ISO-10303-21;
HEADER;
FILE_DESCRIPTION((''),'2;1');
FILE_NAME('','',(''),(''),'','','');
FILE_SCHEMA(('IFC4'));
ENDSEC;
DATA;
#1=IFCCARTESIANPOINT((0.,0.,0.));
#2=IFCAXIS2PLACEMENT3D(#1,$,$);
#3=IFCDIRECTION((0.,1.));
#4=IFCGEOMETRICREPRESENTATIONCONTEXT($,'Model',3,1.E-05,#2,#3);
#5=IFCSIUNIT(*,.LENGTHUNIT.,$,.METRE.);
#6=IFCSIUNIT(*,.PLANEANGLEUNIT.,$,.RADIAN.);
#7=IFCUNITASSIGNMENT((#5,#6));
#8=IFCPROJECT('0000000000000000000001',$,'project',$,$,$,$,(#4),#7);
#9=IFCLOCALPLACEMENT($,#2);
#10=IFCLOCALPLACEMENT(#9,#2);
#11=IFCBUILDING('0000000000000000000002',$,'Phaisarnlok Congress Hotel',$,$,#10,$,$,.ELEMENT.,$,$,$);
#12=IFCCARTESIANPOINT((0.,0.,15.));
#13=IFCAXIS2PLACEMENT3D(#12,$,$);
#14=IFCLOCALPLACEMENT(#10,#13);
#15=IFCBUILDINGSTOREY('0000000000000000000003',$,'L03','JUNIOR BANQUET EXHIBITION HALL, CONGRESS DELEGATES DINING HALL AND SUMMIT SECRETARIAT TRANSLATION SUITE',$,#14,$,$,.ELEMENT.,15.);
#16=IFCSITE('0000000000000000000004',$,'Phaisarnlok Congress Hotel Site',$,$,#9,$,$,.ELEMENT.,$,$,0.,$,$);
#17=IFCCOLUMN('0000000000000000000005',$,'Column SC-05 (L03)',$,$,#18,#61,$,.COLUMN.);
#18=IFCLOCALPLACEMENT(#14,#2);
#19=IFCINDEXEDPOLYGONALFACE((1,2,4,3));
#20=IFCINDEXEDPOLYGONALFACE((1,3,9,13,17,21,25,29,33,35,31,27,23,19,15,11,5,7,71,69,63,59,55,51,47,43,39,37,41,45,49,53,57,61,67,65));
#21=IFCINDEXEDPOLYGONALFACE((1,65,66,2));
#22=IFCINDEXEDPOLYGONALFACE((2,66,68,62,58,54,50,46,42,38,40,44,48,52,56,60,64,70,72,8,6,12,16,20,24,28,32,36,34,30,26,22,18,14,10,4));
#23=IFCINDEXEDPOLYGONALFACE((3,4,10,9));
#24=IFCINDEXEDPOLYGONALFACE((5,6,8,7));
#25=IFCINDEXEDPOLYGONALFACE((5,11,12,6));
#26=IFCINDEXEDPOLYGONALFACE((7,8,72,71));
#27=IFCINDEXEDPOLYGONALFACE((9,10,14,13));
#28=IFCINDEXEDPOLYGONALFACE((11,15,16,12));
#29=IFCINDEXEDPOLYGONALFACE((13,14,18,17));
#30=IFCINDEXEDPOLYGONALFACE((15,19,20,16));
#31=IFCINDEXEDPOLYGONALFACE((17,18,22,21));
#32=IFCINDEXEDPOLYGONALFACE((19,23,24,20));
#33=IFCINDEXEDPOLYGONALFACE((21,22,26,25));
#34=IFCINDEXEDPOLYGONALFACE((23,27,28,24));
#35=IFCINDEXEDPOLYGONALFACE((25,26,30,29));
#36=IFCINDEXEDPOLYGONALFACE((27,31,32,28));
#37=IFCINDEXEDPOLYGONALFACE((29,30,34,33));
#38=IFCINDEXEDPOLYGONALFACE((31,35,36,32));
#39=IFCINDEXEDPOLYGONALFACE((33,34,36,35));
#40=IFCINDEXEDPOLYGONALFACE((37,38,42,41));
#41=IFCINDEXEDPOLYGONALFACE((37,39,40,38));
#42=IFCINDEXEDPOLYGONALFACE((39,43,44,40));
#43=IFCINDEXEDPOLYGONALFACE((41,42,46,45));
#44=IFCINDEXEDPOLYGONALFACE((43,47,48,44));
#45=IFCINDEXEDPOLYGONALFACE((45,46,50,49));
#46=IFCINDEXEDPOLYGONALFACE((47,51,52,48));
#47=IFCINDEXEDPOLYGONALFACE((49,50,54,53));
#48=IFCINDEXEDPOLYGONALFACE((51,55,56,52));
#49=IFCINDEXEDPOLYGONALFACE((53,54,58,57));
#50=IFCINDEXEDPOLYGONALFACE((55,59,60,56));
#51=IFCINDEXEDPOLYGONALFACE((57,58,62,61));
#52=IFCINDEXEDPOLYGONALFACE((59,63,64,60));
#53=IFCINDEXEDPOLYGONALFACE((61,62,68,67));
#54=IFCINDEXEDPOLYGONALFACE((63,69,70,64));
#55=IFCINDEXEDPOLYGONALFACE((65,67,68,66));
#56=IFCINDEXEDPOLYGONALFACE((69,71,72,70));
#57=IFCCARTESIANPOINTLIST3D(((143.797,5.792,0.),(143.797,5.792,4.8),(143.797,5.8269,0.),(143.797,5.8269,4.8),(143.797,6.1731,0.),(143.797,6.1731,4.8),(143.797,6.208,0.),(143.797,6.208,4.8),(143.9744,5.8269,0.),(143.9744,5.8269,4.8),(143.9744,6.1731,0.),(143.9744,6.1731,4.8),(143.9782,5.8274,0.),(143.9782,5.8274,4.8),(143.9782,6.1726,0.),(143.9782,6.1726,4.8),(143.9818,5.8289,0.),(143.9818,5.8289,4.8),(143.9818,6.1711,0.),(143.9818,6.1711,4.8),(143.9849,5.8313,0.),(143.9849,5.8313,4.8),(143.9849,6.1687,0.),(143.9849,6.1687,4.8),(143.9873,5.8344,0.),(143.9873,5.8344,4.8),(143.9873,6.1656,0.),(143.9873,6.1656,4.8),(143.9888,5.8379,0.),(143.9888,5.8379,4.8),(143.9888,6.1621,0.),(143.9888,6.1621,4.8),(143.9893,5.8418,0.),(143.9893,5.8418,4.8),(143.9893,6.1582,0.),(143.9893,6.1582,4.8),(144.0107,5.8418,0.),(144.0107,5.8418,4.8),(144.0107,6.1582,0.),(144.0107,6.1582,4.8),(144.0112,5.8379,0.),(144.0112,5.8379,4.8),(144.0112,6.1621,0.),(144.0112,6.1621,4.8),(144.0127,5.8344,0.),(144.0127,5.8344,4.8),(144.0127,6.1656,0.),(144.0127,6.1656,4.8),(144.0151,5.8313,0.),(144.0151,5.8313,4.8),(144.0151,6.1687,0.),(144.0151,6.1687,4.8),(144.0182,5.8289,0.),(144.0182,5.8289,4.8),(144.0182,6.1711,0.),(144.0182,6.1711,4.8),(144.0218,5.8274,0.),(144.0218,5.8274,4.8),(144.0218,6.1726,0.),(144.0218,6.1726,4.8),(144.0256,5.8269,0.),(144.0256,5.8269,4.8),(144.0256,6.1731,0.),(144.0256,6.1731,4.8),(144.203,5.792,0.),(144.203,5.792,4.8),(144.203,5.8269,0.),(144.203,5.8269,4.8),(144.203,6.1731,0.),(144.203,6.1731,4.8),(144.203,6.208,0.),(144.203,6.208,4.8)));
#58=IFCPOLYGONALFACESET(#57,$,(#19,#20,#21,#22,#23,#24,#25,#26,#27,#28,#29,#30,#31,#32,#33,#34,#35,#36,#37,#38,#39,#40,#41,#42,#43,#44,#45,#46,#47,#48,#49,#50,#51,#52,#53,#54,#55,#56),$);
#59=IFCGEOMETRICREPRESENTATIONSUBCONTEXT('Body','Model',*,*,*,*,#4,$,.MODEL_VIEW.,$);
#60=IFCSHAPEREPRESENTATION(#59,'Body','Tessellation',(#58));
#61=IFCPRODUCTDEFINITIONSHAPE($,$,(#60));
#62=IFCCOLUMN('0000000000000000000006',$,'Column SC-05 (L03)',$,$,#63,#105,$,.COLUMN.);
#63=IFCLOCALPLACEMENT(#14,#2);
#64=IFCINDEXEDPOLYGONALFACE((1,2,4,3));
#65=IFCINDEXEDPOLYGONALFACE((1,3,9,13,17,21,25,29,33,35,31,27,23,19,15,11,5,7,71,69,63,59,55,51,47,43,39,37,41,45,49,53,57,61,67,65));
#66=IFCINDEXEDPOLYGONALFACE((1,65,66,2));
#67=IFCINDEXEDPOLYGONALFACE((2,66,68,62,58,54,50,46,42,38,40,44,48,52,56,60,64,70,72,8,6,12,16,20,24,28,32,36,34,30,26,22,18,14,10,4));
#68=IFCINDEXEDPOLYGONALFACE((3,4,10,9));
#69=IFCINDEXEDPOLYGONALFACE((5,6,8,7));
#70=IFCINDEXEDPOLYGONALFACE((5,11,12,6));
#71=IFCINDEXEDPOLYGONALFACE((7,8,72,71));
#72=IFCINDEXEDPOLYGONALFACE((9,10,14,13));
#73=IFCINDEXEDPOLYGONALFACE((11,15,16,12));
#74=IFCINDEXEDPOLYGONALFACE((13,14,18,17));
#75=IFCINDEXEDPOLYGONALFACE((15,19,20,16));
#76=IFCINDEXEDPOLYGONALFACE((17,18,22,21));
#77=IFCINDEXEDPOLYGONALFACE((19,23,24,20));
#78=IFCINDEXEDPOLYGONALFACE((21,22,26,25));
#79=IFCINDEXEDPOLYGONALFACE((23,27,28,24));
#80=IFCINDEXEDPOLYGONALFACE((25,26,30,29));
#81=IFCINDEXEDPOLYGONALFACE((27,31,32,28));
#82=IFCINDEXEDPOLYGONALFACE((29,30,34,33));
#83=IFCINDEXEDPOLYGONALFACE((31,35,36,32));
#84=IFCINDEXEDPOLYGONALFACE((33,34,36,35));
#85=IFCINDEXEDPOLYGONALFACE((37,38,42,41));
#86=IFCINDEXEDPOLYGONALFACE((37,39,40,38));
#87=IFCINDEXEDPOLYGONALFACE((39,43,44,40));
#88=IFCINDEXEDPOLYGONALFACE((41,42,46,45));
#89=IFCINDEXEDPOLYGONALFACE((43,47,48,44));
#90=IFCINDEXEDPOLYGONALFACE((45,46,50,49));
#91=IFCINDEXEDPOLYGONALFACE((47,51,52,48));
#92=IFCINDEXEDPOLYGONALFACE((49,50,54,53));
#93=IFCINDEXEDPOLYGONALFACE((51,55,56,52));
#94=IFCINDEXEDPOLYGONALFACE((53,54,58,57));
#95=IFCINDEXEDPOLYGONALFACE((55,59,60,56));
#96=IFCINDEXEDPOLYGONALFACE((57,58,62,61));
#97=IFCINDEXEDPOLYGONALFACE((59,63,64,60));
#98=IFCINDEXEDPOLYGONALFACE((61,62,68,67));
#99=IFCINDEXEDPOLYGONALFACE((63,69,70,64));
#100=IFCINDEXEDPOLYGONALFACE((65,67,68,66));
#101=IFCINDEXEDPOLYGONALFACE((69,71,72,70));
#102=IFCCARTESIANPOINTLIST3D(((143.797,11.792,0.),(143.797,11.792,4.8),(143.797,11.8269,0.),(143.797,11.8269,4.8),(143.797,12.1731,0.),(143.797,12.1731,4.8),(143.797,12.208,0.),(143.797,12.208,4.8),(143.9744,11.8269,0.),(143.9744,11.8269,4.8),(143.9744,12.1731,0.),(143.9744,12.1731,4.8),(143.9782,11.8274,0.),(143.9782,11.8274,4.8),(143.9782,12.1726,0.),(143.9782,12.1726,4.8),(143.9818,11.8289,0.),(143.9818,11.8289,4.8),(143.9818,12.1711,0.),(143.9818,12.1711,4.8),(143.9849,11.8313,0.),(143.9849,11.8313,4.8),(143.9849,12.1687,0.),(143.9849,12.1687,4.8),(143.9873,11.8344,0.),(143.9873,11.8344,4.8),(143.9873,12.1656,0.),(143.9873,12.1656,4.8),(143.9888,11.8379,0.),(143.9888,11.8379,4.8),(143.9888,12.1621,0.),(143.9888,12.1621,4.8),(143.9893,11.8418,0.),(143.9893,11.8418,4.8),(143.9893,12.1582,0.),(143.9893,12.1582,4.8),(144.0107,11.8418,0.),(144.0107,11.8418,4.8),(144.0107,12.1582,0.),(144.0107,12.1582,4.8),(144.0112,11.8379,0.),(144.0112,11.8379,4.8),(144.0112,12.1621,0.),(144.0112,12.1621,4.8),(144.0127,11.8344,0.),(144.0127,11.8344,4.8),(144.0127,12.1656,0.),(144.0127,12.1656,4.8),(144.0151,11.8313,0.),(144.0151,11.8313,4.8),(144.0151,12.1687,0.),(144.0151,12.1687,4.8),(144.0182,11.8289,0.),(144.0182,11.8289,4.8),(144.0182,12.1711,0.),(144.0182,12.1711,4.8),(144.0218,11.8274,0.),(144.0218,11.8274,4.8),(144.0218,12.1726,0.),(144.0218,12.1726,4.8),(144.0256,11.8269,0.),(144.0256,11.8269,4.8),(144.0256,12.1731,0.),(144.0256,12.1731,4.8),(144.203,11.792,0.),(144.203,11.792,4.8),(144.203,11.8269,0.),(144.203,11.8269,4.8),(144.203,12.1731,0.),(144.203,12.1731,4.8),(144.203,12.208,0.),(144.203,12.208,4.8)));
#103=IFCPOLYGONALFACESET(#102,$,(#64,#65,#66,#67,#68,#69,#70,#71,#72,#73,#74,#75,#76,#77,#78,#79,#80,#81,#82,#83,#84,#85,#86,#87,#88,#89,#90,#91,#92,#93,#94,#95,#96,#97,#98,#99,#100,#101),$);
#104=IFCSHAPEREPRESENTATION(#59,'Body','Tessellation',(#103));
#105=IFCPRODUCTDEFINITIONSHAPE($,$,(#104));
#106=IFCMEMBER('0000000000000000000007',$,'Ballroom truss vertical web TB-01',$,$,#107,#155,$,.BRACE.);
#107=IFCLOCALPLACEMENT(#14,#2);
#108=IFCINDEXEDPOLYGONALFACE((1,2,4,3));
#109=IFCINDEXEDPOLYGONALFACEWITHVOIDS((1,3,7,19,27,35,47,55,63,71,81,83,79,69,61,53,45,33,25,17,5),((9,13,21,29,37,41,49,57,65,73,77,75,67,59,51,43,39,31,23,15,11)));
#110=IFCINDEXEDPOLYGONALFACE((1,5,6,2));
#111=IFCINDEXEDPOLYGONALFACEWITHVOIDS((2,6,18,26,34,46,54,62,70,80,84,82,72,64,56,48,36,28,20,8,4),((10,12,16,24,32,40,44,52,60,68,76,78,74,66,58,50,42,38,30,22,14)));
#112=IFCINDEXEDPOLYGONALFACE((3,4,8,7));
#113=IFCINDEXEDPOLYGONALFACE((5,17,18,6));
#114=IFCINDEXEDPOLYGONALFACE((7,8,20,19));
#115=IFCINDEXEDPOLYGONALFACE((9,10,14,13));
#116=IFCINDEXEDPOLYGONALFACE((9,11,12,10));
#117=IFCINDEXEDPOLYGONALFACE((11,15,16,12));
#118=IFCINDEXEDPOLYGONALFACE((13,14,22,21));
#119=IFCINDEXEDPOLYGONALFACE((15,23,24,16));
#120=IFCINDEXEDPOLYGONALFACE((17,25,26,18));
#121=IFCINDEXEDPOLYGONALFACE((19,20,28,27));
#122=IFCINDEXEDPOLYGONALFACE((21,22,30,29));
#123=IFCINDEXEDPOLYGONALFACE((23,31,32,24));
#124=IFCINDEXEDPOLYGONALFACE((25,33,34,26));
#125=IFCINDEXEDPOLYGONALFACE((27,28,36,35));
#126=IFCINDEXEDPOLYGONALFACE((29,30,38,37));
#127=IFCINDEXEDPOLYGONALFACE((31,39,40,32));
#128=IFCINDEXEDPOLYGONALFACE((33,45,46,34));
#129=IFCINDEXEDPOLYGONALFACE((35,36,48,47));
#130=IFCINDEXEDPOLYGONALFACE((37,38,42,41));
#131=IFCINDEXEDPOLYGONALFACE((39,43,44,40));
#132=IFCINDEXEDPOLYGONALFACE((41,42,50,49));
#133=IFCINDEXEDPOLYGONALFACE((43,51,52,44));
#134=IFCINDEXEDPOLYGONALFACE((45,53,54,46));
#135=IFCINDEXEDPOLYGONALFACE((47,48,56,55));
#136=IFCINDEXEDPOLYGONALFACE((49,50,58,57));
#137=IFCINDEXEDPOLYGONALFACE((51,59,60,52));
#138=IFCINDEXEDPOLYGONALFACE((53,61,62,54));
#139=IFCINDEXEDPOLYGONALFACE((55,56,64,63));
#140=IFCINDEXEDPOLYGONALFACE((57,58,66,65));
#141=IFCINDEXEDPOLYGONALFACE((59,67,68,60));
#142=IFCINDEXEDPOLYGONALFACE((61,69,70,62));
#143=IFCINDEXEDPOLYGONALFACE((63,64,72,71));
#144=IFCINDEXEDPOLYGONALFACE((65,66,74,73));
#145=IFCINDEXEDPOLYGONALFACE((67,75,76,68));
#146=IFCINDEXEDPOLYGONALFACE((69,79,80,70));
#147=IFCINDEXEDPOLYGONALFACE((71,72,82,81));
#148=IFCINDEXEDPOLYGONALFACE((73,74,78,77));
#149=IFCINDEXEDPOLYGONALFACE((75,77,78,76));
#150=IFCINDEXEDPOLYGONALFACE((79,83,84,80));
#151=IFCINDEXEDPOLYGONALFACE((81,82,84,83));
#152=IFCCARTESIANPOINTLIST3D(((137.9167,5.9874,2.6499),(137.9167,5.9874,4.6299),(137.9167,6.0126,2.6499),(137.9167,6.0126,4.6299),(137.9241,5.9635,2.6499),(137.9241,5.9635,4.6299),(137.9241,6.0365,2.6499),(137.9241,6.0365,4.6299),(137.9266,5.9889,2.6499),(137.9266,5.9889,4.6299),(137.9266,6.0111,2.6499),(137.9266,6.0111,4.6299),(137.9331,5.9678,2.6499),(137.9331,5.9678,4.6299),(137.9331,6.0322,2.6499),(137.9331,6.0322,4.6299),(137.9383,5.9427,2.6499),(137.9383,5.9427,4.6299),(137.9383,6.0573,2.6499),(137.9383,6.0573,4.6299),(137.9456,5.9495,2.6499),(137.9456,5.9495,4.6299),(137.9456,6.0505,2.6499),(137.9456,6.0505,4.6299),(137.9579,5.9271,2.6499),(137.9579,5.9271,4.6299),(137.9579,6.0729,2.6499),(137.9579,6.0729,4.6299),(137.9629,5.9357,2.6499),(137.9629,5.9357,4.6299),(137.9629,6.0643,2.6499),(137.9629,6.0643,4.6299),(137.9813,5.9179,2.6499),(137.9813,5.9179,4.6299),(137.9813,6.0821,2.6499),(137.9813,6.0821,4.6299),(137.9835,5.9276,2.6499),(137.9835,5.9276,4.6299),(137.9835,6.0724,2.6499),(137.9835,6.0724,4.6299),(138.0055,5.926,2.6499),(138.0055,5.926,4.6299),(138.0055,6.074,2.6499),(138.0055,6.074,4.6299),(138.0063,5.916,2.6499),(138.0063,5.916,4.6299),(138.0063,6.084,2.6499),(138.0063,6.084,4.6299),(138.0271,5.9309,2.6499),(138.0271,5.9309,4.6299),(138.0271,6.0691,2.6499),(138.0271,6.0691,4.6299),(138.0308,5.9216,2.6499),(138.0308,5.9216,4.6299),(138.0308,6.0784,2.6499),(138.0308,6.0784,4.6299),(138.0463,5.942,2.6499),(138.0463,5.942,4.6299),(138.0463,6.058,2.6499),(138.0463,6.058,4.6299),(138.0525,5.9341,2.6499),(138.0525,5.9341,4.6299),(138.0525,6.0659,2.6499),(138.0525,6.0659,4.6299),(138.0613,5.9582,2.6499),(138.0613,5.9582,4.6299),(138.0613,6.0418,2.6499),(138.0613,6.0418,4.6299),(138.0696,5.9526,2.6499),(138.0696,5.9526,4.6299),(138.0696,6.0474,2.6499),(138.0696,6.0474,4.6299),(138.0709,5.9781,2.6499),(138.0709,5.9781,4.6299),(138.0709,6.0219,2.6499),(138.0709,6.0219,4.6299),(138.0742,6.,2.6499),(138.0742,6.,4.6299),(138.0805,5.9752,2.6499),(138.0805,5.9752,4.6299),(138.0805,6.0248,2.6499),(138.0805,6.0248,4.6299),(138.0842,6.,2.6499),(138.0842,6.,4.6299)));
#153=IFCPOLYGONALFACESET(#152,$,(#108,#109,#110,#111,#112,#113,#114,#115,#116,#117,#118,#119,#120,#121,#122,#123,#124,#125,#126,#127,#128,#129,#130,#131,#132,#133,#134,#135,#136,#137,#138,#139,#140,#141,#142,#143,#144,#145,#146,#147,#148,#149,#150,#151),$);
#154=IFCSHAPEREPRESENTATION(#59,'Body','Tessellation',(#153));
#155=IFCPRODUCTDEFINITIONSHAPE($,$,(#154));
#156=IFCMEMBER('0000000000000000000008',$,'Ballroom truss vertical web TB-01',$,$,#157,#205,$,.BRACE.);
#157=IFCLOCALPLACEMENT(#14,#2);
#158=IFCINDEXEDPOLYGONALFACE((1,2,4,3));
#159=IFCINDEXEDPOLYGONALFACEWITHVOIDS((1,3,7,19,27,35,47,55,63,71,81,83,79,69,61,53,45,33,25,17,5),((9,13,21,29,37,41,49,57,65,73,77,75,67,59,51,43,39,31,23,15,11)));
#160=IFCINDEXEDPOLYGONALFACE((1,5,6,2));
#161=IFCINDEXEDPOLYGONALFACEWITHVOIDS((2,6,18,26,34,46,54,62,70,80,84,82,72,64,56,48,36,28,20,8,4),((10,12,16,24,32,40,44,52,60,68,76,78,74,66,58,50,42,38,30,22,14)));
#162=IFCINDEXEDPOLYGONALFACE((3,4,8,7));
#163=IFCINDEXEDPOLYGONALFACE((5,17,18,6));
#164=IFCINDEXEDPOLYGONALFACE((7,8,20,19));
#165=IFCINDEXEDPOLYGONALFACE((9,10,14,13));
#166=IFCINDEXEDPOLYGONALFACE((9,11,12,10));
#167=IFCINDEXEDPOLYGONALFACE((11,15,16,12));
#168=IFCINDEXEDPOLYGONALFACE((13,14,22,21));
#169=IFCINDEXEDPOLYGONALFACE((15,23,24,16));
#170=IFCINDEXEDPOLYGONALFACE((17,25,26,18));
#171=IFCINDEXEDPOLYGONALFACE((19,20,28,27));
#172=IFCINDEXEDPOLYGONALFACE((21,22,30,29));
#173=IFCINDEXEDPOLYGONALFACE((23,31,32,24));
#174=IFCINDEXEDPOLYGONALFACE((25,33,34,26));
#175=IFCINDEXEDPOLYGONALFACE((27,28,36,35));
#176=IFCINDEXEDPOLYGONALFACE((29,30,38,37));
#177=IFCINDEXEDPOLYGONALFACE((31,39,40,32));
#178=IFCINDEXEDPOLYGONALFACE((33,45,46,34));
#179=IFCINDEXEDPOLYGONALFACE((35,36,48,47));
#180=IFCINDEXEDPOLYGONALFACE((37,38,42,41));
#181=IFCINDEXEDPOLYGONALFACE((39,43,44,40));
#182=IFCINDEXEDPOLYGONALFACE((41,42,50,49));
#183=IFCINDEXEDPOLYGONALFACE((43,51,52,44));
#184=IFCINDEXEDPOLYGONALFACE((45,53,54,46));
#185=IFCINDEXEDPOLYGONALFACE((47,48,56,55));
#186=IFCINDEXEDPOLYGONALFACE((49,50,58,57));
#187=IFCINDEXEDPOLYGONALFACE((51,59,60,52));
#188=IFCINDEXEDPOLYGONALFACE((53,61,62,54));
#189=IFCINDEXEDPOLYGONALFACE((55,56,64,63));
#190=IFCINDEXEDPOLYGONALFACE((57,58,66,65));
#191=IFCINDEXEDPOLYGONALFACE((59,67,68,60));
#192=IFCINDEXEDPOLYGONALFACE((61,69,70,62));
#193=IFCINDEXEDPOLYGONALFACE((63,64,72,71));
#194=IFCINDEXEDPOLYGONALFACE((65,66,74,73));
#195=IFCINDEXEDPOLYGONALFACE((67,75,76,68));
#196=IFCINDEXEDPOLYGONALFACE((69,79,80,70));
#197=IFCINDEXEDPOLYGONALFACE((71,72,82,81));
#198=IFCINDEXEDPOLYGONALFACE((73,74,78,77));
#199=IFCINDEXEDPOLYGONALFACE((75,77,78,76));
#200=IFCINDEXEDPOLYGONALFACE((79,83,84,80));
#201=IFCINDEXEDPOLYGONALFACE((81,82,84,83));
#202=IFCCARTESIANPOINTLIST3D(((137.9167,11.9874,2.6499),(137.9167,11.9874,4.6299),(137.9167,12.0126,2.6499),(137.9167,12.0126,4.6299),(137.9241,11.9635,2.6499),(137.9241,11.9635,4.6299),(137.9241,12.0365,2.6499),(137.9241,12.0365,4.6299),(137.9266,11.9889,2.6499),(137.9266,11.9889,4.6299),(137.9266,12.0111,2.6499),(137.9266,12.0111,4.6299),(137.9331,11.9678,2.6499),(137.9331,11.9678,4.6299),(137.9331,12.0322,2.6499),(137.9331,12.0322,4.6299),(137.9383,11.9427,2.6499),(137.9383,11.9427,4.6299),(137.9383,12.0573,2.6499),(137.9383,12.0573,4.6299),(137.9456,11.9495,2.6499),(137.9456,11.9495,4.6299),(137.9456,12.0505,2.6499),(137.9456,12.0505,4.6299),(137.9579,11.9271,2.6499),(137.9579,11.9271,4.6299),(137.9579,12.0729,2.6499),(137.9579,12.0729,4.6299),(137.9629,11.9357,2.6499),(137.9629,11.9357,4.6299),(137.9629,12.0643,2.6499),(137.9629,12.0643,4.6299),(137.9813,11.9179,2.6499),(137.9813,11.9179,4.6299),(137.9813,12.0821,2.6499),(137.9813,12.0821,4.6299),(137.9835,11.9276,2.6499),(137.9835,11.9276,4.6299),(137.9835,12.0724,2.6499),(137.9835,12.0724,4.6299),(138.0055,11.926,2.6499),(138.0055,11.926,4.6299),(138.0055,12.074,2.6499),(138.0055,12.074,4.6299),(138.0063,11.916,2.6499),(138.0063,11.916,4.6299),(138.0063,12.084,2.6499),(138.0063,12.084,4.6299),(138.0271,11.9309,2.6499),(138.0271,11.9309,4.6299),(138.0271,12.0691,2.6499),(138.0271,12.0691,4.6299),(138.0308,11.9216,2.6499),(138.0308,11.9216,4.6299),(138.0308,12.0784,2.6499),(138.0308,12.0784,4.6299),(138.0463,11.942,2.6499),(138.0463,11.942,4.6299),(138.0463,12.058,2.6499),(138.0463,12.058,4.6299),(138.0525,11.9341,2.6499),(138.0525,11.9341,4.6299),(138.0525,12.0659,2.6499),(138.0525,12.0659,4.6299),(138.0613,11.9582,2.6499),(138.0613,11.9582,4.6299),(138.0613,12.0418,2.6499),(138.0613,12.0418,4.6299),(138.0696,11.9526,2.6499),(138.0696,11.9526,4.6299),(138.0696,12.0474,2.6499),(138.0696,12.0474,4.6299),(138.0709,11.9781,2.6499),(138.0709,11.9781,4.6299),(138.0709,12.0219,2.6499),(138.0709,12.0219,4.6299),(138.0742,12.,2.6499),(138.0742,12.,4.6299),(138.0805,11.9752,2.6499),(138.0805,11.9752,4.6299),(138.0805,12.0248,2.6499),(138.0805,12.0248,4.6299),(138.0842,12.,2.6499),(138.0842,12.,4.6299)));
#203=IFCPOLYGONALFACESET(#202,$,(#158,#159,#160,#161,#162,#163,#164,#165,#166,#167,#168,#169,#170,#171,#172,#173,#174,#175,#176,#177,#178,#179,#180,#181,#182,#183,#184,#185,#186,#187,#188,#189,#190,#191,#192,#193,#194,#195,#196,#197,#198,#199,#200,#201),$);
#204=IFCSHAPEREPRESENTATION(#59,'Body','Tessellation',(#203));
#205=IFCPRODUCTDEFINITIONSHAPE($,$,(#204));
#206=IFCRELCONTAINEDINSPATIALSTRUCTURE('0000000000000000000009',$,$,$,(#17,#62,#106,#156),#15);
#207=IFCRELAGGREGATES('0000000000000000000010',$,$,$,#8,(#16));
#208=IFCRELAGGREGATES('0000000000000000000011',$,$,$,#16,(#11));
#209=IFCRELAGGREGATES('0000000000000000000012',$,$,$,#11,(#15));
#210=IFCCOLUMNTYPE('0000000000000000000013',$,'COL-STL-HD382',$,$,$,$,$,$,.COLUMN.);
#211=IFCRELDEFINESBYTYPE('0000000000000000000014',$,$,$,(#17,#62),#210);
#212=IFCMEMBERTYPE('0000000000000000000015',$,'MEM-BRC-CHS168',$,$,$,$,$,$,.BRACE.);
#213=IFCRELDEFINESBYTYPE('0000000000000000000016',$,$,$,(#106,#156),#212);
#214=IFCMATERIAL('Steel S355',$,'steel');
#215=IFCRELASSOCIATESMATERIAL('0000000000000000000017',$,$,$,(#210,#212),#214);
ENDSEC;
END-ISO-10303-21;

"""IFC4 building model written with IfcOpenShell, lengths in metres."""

from ifc_helpers import new_model, si_unit, direction, frame, origin, origin_2d, place, context, subcontext, project, spatial, hollow_circle, i_section, extrude, material, material_profile, profile_set, type_object, element, save


model = new_model("IFC4")

# Units and contexts
model_context = context("Model", 3, precision=1e-05, world=origin(), true_north=direction((0.0, 1.0)))
body_context = subcontext(model_context, "Body", "Model", "MODEL_VIEW")
ifc_project = project(units=[si_unit("LENGTHUNIT", "METRE"), si_unit("PLANEANGLEUNIT", "RADIAN")], contexts=[model_context])

# Site, building, storey
site_placement = place(None, origin())
site = spatial("IfcSite", under=ifc_project, at=site_placement, Name="Phaisarnlok Congress Hotel Site", CompositionType="ELEMENT", RefElevation=0.0)
building_placement = place(site_placement, origin())
building = spatial("IfcBuilding", under=site, at=building_placement, Name="Phaisarnlok Congress Hotel", CompositionType="ELEMENT")
storey_placement = place(building_placement, frame((0.0, 0.0, 15.0)))
storey = spatial("IfcBuildingStorey", under=building, at=storey_placement, Name="L03", Description="JUNIOR BANQUET EXHIBITION HALL, CONGRESS DELEGATES DINING HALL AND SUMMIT SECRETARIAT TRANSLATION SUITE", CompositionType="ELEMENT", Elevation=15.0)

# Columns
ifc_material_1 = material(Name="Steel S355", Category="steel")
ifc_material_profile_1 = material_profile(ifc_material_1, i_section(OverallWidth=0.406, OverallDepth=0.416, WebThickness=0.0215, FlangeThickness=0.0349, FilletRadius=0.0149, at=origin_2d()), Name="HD 400x382")
ifc_profile_set_1 = profile_set([ifc_material_profile_1], Name="Steel S355")
column_type = type_object("IfcColumnType", Name="COL-STL-HD382", PredefinedType="COLUMN", material=ifc_profile_set_1)
for number, where, z_axis, x_axis, name in (
    (1, (144.0, 6.0, 0.0), (0.0, 0.0, 1.0), (1.0, 0.0, 0.0), "Column SC-05 (L03)"),
    (2, (144.0, 12.0, 0.0), (0.0, 0.0, 1.0), (1.0, 0.0, 0.0), "Column SC-05 (L03)"),
):
    element("IfcColumn", number, at=place(storey_placement, frame(where, z_axis=z_axis, x_axis=x_axis)), inside=storey, type_object=column_type, Name=name, PredefinedType="COLUMN", context=body_context, shape_type="SweptSolid", body=[
        extrude(i_section(OverallWidth=0.406, OverallDepth=0.416, WebThickness=0.0215, FlangeThickness=0.0349, FilletRadius=0.0149, at=origin_2d()), origin(), (0.0, 0.0, 1.0), 4.8),
    ])

# Members
ifc_material_profile_2 = material_profile(ifc_material_1, hollow_circle(Radius=0.0842, WallThickness=0.01, at=origin_2d()), Name="CHS 168.3x10")
ifc_profile_set_2 = profile_set([ifc_material_profile_2], Name="Steel S355")
member_type_1 = type_object("IfcMemberType", Name="MEM-BRC-CHS168", PredefinedType="BRACE", material=ifc_profile_set_2)
for number, where, z_axis, x_axis, name in (
    (3, (138.0, 6.0, 2.6499), (0.0, 0.0, 1.0), (1.0, 0.0, 0.0), "Ballroom truss vertical web TB-01"),
    (4, (138.0, 12.0, 2.6499), (0.0, 0.0, 1.0), (1.0, 0.0, 0.0), "Ballroom truss vertical web TB-01"),
):
    element("IfcMember", number, at=place(storey_placement, frame(where, z_axis=z_axis, x_axis=x_axis)), inside=storey, type_object=member_type_1, Name=name, PredefinedType="BRACE", context=body_context, shape_type="SweptSolid", body=[
        extrude(hollow_circle(Radius=0.0842, WallThickness=0.01, at=origin_2d()), origin(), (0.0, 0.0, 1.0), 1.98),
    ])

save(model, "model.ifc")
